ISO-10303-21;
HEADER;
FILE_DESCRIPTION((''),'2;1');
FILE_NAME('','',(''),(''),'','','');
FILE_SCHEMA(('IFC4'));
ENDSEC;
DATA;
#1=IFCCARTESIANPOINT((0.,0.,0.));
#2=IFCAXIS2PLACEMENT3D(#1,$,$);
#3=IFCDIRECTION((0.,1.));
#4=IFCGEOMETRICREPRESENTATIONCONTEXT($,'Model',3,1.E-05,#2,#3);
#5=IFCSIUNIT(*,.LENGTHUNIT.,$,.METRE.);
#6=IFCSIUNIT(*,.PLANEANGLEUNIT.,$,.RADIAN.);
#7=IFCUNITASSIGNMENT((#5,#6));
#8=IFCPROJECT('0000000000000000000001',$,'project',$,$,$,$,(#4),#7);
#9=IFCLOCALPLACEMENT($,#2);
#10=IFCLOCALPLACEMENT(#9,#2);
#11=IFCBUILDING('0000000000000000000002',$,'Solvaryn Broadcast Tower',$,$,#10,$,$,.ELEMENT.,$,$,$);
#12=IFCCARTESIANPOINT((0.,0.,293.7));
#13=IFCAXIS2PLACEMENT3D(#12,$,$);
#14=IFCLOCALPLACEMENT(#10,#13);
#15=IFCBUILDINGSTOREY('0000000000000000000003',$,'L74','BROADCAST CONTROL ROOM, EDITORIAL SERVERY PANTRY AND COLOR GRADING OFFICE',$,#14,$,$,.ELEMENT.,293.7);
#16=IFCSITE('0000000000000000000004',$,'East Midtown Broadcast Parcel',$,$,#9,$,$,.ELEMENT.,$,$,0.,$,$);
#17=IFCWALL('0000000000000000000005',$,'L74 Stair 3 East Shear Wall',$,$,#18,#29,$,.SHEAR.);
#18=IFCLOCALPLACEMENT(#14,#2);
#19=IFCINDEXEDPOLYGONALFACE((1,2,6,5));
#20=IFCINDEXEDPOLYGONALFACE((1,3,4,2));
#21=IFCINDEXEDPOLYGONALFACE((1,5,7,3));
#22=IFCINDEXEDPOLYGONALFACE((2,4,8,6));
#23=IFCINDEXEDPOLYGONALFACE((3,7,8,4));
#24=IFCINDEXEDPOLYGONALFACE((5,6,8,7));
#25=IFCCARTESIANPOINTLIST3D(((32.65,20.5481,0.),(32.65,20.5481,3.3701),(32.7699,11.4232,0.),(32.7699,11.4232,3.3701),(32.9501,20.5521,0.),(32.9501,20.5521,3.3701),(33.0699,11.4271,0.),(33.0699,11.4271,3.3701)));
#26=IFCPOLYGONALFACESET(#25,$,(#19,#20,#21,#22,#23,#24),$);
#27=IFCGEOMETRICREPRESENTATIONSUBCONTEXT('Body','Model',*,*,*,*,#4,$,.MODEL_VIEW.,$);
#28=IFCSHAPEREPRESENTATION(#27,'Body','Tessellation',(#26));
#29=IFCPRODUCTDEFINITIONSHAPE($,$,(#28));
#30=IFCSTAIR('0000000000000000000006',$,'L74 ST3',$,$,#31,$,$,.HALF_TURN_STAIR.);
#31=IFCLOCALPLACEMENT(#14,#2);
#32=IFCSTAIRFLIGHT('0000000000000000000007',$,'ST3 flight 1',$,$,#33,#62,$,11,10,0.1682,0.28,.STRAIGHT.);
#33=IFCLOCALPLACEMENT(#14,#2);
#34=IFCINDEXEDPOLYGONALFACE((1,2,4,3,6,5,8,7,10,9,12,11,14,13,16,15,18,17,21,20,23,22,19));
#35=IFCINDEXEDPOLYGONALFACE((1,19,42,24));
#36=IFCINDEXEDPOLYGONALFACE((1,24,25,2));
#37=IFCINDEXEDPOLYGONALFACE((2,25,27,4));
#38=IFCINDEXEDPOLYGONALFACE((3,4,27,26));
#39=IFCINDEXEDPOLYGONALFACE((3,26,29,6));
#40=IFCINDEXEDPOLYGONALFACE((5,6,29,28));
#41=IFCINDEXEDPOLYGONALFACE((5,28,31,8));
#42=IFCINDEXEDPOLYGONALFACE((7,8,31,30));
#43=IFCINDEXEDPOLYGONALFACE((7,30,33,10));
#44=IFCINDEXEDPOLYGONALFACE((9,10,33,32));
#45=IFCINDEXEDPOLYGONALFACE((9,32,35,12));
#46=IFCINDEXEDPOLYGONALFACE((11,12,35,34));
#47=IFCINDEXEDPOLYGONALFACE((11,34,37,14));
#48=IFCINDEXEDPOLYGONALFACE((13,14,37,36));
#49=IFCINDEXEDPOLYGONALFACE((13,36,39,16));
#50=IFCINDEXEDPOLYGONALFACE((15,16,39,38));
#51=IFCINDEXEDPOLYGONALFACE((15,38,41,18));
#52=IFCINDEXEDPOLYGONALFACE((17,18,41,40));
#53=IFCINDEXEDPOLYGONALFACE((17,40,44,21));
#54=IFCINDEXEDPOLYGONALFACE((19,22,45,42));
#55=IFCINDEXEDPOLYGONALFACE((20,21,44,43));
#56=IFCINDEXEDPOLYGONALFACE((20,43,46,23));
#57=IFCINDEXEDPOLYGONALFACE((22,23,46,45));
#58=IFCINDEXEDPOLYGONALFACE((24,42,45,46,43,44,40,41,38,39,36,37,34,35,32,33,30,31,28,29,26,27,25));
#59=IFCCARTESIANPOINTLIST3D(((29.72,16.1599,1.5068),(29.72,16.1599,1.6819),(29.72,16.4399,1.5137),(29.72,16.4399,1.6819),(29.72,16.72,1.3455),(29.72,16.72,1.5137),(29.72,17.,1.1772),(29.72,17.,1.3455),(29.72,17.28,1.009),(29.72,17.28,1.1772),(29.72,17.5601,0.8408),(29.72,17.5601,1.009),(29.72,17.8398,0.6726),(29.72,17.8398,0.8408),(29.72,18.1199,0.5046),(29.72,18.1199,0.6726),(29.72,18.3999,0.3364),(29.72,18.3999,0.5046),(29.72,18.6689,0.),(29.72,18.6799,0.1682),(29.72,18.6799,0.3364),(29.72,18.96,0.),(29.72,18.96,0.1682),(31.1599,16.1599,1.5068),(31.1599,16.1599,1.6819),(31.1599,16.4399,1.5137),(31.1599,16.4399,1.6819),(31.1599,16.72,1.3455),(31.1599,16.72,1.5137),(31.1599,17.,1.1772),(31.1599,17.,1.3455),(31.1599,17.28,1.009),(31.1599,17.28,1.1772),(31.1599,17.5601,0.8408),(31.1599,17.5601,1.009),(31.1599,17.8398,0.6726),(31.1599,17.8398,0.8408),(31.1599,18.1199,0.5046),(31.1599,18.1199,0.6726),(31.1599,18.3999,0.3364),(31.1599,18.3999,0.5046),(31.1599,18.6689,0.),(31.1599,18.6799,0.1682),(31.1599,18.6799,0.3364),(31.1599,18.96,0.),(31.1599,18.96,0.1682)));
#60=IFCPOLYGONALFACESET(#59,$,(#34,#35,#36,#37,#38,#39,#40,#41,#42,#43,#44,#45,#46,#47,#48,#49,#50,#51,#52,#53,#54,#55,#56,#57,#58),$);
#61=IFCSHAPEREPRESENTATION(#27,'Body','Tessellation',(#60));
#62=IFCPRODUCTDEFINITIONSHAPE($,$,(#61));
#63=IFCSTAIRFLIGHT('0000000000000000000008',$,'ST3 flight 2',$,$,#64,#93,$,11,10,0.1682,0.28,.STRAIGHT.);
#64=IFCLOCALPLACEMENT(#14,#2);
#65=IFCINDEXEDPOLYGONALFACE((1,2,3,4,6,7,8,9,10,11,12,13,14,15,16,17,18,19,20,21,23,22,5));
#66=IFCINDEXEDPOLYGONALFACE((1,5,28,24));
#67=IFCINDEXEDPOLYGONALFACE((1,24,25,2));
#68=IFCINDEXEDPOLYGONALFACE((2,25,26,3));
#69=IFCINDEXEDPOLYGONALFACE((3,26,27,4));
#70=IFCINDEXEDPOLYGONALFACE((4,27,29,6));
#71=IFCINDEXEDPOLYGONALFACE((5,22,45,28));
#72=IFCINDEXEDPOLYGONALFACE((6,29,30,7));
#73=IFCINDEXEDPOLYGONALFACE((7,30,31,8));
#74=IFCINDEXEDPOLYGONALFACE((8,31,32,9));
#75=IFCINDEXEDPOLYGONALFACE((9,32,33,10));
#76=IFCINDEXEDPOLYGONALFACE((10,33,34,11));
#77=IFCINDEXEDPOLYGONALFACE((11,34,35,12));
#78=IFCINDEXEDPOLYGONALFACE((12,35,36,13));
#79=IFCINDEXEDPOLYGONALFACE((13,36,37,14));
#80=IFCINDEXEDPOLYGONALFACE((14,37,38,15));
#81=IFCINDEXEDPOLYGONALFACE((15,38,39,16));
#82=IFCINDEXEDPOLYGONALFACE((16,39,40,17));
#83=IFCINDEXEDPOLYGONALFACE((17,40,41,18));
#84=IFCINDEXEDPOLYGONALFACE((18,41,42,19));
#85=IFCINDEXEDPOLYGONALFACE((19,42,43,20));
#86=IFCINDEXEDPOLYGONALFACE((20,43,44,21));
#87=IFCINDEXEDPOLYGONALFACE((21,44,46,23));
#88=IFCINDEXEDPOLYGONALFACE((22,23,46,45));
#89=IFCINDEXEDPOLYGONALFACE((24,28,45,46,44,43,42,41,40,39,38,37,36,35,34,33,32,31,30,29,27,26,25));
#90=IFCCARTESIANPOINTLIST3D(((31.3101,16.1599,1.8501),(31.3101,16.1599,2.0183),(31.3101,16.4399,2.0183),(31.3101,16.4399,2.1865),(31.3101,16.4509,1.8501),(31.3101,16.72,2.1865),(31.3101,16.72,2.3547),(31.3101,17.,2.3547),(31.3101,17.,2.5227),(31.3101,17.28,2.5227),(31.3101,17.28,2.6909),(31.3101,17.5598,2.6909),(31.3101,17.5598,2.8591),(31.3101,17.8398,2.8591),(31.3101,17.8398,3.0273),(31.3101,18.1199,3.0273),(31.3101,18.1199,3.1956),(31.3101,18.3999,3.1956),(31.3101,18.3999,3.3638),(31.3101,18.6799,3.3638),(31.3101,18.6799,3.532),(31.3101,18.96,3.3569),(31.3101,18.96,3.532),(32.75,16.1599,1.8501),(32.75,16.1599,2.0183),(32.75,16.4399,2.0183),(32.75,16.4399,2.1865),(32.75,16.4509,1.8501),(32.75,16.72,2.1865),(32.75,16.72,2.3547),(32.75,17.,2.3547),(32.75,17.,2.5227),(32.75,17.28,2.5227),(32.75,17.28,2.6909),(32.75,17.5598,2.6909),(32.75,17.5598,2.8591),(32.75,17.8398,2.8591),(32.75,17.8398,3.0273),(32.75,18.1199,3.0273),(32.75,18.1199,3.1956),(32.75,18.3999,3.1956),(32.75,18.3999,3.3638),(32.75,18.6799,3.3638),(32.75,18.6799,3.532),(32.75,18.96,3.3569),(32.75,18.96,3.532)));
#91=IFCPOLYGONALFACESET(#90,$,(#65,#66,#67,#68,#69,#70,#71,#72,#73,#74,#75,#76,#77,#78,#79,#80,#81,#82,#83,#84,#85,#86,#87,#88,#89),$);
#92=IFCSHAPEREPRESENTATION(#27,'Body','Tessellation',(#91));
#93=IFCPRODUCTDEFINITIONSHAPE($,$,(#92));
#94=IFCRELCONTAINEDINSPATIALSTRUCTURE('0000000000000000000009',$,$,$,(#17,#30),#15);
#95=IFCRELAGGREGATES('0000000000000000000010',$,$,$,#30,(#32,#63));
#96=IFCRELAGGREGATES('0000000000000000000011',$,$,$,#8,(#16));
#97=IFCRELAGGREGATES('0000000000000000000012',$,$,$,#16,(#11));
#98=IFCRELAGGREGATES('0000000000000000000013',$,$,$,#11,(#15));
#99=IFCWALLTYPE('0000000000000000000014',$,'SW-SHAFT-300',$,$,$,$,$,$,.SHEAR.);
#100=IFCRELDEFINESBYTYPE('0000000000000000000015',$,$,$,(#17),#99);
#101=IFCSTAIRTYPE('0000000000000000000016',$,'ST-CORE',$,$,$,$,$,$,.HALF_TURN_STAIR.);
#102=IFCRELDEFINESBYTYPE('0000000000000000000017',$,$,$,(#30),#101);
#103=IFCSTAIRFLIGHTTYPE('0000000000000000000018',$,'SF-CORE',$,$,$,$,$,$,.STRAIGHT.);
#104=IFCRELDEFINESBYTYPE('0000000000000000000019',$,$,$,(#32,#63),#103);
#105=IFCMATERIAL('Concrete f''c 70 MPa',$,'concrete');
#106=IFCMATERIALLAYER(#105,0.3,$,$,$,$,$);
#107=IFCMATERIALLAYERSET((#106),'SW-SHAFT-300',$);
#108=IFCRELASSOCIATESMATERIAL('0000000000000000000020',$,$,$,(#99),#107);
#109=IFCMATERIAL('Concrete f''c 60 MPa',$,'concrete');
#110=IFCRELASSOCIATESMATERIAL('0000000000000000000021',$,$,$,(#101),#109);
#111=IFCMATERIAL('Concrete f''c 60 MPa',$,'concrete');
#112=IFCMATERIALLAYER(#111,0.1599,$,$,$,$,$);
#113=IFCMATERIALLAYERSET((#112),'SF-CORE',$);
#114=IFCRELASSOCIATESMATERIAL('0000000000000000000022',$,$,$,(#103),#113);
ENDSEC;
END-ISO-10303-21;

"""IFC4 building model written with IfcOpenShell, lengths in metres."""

from ifc_helpers import new_model, si_unit, direction, frame, frame_2d, origin, place, context, subcontext, project, spatial, polyline, rectangle, outline, extrude, material, layer, layer_set, type_object, element, aggregate, save


model = new_model("IFC4")

# Units and contexts
model_context = context("Model", 3, precision=1e-05, world=origin(), true_north=direction((0.0, 1.0)))
body_context = subcontext(model_context, "Body", "Model", "MODEL_VIEW")
ifc_project = project(units=[si_unit("LENGTHUNIT", "METRE"), si_unit("PLANEANGLEUNIT", "RADIAN")], contexts=[model_context])

# Site, building, storey
site_placement = place(None, origin())
site = spatial("IfcSite", under=ifc_project, at=site_placement, Name="East Midtown Broadcast Parcel", CompositionType="ELEMENT", RefElevation=0.0)
building_placement = place(site_placement, origin())
building = spatial("IfcBuilding", under=site, at=building_placement, Name="Solvaryn Broadcast Tower", CompositionType="ELEMENT")
storey_placement = place(building_placement, frame((0.0, 0.0, 293.7)))
storey = spatial("IfcBuildingStorey", under=building, at=storey_placement, Name="L74", Description="BROADCAST CONTROL ROOM, EDITORIAL SERVERY PANTRY AND COLOR GRADING OFFICE", CompositionType="ELEMENT", Elevation=293.7)

# Wall
ifc_material_1 = material(Name="Concrete f'c 70 MPa", Category="concrete")
ifc_layer_1 = layer(ifc_material_1, 0.3)
ifc_layer_set_1 = layer_set([ifc_layer_1], Name="SW-SHAFT-300")
wall_type_1 = type_object("IfcWallType", Name="SW-SHAFT-300", PredefinedType="SHEAR", material=ifc_layer_set_1)
wall_1_placement = place(storey_placement, frame((32.9199, 11.425, 0.0), z_axis=(0.0, 0.0, 1.0), x_axis=(-0.013136, 0.999914, 0.0)))
element("IfcWall", 1, at=wall_1_placement, inside=storey, type_object=wall_type_1, Name="L74 Stair 3 East Shear Wall", PredefinedType="SHEAR", context=body_context, shape_type="SweptSolid", body=[
    extrude(rectangle(XDim=9.1257, YDim=0.3, at=frame_2d((4.563, 0.0))), origin(), (0.0, 0.0, 1.0), 3.3701),
])

# Stair, stair flights
ifc_material_2 = material(Name="Concrete f'c 60 MPa", Category="concrete")
stair_type = type_object("IfcStairType", Name="ST-CORE", PredefinedType="HALF_TURN_STAIR", material=ifc_material_2)
stair_placement = place(storey_placement, origin())
stair = element("IfcStair", 2, at=stair_placement, inside=storey, type_object=stair_type, Name="L74 ST3", PredefinedType="HALF_TURN_STAIR")
ifc_material_3 = material(Name="Concrete f'c 60 MPa", Category="concrete")
ifc_layer_2 = layer(ifc_material_3, 0.1599)
ifc_layer_set_2 = layer_set([ifc_layer_2], Name="SF-CORE")
stair_flight_type = type_object("IfcStairFlightType", Name="SF-CORE", PredefinedType="STRAIGHT", material=ifc_layer_set_2)
stair_flight_1_placement = place(storey_placement, frame((30.4399, 18.96, 0.0), z_axis=(0.0, 0.0, 1.0), x_axis=(0.0, -1.0, 0.0)))
stair_flight_1 = element("IfcStairFlight", 3, at=stair_flight_1_placement, type_object=stair_flight_type, Name="ST3 flight 1", NumberOfRisers=11, NumberOfTreads=10, PredefinedType="STRAIGHT", RiserHeight=0.1682, TreadLength=0.28, context=body_context, shape_type="SweptSolid", body=[
    extrude(outline(polyline([(0.0, 0.0), (0.0, 0.1682), (0.28, 0.1682), (0.28, 0.3364), (0.5601, 0.3364), (0.5601, 0.5046), (0.8401, 0.5046), (0.8401, 0.6726), (1.1201, 0.6726), (1.1201, 0.8408), (1.3999, 0.8408), (1.3999, 1.009), (1.6799, 1.009), (1.6799, 1.1772), (1.96, 1.1772), (1.96, 1.3455), (2.24, 1.3455), (2.24, 1.5137), (2.52, 1.5137), (2.52, 1.6819), (2.8, 1.6819), (2.8, 1.8501), (2.8, 1.5068), (0.291, 0.0), (0.0, 0.0)])), frame((0.0, 0.72, 0.0), z_axis=(0.0, -1.0, 0.0), x_axis=(1.0, 0.0, 0.0)), (0.0, 0.0, 1.0), 1.4399),
])
stair_flight_2_placement = place(storey_placement, frame((32.03, 16.1599, 1.8501), z_axis=(0.0, 0.0, 1.0), x_axis=(0.0, 1.0, 0.0)))
stair_flight_2 = element("IfcStairFlight", 4, at=stair_flight_2_placement, type_object=stair_flight_type, Name="ST3 flight 2", NumberOfRisers=11, NumberOfTreads=10, PredefinedType="STRAIGHT", RiserHeight=0.1682, TreadLength=0.28, context=body_context, shape_type="SweptSolid", body=[
    extrude(outline(polyline([(0.0, 0.0), (0.0, 0.1682), (0.28, 0.1682), (0.28, 0.3364), (0.5601, 0.3364), (0.5601, 0.5046), (0.8401, 0.5046), (0.8401, 0.6726), (1.1201, 0.6726), (1.1201, 0.8408), (1.3999, 0.8408), (1.3999, 1.009), (1.6799, 1.009), (1.6799, 1.1772), (1.96, 1.1772), (1.96, 1.3455), (2.24, 1.3455), (2.24, 1.5137), (2.52, 1.5137), (2.52, 1.6819), (2.8, 1.6819), (2.8, 1.8501), (2.8, 1.5068), (0.291, 0.0), (0.0, 0.0)])), frame((0.0, 0.72, 0.0), z_axis=(0.0, -1.0, 0.0), x_axis=(1.0, 0.0, 0.0)), (0.0, 0.0, 1.0), 1.4399),
])
aggregate(stair, [stair_flight_1, stair_flight_2])

save(model, "model.ifc")
